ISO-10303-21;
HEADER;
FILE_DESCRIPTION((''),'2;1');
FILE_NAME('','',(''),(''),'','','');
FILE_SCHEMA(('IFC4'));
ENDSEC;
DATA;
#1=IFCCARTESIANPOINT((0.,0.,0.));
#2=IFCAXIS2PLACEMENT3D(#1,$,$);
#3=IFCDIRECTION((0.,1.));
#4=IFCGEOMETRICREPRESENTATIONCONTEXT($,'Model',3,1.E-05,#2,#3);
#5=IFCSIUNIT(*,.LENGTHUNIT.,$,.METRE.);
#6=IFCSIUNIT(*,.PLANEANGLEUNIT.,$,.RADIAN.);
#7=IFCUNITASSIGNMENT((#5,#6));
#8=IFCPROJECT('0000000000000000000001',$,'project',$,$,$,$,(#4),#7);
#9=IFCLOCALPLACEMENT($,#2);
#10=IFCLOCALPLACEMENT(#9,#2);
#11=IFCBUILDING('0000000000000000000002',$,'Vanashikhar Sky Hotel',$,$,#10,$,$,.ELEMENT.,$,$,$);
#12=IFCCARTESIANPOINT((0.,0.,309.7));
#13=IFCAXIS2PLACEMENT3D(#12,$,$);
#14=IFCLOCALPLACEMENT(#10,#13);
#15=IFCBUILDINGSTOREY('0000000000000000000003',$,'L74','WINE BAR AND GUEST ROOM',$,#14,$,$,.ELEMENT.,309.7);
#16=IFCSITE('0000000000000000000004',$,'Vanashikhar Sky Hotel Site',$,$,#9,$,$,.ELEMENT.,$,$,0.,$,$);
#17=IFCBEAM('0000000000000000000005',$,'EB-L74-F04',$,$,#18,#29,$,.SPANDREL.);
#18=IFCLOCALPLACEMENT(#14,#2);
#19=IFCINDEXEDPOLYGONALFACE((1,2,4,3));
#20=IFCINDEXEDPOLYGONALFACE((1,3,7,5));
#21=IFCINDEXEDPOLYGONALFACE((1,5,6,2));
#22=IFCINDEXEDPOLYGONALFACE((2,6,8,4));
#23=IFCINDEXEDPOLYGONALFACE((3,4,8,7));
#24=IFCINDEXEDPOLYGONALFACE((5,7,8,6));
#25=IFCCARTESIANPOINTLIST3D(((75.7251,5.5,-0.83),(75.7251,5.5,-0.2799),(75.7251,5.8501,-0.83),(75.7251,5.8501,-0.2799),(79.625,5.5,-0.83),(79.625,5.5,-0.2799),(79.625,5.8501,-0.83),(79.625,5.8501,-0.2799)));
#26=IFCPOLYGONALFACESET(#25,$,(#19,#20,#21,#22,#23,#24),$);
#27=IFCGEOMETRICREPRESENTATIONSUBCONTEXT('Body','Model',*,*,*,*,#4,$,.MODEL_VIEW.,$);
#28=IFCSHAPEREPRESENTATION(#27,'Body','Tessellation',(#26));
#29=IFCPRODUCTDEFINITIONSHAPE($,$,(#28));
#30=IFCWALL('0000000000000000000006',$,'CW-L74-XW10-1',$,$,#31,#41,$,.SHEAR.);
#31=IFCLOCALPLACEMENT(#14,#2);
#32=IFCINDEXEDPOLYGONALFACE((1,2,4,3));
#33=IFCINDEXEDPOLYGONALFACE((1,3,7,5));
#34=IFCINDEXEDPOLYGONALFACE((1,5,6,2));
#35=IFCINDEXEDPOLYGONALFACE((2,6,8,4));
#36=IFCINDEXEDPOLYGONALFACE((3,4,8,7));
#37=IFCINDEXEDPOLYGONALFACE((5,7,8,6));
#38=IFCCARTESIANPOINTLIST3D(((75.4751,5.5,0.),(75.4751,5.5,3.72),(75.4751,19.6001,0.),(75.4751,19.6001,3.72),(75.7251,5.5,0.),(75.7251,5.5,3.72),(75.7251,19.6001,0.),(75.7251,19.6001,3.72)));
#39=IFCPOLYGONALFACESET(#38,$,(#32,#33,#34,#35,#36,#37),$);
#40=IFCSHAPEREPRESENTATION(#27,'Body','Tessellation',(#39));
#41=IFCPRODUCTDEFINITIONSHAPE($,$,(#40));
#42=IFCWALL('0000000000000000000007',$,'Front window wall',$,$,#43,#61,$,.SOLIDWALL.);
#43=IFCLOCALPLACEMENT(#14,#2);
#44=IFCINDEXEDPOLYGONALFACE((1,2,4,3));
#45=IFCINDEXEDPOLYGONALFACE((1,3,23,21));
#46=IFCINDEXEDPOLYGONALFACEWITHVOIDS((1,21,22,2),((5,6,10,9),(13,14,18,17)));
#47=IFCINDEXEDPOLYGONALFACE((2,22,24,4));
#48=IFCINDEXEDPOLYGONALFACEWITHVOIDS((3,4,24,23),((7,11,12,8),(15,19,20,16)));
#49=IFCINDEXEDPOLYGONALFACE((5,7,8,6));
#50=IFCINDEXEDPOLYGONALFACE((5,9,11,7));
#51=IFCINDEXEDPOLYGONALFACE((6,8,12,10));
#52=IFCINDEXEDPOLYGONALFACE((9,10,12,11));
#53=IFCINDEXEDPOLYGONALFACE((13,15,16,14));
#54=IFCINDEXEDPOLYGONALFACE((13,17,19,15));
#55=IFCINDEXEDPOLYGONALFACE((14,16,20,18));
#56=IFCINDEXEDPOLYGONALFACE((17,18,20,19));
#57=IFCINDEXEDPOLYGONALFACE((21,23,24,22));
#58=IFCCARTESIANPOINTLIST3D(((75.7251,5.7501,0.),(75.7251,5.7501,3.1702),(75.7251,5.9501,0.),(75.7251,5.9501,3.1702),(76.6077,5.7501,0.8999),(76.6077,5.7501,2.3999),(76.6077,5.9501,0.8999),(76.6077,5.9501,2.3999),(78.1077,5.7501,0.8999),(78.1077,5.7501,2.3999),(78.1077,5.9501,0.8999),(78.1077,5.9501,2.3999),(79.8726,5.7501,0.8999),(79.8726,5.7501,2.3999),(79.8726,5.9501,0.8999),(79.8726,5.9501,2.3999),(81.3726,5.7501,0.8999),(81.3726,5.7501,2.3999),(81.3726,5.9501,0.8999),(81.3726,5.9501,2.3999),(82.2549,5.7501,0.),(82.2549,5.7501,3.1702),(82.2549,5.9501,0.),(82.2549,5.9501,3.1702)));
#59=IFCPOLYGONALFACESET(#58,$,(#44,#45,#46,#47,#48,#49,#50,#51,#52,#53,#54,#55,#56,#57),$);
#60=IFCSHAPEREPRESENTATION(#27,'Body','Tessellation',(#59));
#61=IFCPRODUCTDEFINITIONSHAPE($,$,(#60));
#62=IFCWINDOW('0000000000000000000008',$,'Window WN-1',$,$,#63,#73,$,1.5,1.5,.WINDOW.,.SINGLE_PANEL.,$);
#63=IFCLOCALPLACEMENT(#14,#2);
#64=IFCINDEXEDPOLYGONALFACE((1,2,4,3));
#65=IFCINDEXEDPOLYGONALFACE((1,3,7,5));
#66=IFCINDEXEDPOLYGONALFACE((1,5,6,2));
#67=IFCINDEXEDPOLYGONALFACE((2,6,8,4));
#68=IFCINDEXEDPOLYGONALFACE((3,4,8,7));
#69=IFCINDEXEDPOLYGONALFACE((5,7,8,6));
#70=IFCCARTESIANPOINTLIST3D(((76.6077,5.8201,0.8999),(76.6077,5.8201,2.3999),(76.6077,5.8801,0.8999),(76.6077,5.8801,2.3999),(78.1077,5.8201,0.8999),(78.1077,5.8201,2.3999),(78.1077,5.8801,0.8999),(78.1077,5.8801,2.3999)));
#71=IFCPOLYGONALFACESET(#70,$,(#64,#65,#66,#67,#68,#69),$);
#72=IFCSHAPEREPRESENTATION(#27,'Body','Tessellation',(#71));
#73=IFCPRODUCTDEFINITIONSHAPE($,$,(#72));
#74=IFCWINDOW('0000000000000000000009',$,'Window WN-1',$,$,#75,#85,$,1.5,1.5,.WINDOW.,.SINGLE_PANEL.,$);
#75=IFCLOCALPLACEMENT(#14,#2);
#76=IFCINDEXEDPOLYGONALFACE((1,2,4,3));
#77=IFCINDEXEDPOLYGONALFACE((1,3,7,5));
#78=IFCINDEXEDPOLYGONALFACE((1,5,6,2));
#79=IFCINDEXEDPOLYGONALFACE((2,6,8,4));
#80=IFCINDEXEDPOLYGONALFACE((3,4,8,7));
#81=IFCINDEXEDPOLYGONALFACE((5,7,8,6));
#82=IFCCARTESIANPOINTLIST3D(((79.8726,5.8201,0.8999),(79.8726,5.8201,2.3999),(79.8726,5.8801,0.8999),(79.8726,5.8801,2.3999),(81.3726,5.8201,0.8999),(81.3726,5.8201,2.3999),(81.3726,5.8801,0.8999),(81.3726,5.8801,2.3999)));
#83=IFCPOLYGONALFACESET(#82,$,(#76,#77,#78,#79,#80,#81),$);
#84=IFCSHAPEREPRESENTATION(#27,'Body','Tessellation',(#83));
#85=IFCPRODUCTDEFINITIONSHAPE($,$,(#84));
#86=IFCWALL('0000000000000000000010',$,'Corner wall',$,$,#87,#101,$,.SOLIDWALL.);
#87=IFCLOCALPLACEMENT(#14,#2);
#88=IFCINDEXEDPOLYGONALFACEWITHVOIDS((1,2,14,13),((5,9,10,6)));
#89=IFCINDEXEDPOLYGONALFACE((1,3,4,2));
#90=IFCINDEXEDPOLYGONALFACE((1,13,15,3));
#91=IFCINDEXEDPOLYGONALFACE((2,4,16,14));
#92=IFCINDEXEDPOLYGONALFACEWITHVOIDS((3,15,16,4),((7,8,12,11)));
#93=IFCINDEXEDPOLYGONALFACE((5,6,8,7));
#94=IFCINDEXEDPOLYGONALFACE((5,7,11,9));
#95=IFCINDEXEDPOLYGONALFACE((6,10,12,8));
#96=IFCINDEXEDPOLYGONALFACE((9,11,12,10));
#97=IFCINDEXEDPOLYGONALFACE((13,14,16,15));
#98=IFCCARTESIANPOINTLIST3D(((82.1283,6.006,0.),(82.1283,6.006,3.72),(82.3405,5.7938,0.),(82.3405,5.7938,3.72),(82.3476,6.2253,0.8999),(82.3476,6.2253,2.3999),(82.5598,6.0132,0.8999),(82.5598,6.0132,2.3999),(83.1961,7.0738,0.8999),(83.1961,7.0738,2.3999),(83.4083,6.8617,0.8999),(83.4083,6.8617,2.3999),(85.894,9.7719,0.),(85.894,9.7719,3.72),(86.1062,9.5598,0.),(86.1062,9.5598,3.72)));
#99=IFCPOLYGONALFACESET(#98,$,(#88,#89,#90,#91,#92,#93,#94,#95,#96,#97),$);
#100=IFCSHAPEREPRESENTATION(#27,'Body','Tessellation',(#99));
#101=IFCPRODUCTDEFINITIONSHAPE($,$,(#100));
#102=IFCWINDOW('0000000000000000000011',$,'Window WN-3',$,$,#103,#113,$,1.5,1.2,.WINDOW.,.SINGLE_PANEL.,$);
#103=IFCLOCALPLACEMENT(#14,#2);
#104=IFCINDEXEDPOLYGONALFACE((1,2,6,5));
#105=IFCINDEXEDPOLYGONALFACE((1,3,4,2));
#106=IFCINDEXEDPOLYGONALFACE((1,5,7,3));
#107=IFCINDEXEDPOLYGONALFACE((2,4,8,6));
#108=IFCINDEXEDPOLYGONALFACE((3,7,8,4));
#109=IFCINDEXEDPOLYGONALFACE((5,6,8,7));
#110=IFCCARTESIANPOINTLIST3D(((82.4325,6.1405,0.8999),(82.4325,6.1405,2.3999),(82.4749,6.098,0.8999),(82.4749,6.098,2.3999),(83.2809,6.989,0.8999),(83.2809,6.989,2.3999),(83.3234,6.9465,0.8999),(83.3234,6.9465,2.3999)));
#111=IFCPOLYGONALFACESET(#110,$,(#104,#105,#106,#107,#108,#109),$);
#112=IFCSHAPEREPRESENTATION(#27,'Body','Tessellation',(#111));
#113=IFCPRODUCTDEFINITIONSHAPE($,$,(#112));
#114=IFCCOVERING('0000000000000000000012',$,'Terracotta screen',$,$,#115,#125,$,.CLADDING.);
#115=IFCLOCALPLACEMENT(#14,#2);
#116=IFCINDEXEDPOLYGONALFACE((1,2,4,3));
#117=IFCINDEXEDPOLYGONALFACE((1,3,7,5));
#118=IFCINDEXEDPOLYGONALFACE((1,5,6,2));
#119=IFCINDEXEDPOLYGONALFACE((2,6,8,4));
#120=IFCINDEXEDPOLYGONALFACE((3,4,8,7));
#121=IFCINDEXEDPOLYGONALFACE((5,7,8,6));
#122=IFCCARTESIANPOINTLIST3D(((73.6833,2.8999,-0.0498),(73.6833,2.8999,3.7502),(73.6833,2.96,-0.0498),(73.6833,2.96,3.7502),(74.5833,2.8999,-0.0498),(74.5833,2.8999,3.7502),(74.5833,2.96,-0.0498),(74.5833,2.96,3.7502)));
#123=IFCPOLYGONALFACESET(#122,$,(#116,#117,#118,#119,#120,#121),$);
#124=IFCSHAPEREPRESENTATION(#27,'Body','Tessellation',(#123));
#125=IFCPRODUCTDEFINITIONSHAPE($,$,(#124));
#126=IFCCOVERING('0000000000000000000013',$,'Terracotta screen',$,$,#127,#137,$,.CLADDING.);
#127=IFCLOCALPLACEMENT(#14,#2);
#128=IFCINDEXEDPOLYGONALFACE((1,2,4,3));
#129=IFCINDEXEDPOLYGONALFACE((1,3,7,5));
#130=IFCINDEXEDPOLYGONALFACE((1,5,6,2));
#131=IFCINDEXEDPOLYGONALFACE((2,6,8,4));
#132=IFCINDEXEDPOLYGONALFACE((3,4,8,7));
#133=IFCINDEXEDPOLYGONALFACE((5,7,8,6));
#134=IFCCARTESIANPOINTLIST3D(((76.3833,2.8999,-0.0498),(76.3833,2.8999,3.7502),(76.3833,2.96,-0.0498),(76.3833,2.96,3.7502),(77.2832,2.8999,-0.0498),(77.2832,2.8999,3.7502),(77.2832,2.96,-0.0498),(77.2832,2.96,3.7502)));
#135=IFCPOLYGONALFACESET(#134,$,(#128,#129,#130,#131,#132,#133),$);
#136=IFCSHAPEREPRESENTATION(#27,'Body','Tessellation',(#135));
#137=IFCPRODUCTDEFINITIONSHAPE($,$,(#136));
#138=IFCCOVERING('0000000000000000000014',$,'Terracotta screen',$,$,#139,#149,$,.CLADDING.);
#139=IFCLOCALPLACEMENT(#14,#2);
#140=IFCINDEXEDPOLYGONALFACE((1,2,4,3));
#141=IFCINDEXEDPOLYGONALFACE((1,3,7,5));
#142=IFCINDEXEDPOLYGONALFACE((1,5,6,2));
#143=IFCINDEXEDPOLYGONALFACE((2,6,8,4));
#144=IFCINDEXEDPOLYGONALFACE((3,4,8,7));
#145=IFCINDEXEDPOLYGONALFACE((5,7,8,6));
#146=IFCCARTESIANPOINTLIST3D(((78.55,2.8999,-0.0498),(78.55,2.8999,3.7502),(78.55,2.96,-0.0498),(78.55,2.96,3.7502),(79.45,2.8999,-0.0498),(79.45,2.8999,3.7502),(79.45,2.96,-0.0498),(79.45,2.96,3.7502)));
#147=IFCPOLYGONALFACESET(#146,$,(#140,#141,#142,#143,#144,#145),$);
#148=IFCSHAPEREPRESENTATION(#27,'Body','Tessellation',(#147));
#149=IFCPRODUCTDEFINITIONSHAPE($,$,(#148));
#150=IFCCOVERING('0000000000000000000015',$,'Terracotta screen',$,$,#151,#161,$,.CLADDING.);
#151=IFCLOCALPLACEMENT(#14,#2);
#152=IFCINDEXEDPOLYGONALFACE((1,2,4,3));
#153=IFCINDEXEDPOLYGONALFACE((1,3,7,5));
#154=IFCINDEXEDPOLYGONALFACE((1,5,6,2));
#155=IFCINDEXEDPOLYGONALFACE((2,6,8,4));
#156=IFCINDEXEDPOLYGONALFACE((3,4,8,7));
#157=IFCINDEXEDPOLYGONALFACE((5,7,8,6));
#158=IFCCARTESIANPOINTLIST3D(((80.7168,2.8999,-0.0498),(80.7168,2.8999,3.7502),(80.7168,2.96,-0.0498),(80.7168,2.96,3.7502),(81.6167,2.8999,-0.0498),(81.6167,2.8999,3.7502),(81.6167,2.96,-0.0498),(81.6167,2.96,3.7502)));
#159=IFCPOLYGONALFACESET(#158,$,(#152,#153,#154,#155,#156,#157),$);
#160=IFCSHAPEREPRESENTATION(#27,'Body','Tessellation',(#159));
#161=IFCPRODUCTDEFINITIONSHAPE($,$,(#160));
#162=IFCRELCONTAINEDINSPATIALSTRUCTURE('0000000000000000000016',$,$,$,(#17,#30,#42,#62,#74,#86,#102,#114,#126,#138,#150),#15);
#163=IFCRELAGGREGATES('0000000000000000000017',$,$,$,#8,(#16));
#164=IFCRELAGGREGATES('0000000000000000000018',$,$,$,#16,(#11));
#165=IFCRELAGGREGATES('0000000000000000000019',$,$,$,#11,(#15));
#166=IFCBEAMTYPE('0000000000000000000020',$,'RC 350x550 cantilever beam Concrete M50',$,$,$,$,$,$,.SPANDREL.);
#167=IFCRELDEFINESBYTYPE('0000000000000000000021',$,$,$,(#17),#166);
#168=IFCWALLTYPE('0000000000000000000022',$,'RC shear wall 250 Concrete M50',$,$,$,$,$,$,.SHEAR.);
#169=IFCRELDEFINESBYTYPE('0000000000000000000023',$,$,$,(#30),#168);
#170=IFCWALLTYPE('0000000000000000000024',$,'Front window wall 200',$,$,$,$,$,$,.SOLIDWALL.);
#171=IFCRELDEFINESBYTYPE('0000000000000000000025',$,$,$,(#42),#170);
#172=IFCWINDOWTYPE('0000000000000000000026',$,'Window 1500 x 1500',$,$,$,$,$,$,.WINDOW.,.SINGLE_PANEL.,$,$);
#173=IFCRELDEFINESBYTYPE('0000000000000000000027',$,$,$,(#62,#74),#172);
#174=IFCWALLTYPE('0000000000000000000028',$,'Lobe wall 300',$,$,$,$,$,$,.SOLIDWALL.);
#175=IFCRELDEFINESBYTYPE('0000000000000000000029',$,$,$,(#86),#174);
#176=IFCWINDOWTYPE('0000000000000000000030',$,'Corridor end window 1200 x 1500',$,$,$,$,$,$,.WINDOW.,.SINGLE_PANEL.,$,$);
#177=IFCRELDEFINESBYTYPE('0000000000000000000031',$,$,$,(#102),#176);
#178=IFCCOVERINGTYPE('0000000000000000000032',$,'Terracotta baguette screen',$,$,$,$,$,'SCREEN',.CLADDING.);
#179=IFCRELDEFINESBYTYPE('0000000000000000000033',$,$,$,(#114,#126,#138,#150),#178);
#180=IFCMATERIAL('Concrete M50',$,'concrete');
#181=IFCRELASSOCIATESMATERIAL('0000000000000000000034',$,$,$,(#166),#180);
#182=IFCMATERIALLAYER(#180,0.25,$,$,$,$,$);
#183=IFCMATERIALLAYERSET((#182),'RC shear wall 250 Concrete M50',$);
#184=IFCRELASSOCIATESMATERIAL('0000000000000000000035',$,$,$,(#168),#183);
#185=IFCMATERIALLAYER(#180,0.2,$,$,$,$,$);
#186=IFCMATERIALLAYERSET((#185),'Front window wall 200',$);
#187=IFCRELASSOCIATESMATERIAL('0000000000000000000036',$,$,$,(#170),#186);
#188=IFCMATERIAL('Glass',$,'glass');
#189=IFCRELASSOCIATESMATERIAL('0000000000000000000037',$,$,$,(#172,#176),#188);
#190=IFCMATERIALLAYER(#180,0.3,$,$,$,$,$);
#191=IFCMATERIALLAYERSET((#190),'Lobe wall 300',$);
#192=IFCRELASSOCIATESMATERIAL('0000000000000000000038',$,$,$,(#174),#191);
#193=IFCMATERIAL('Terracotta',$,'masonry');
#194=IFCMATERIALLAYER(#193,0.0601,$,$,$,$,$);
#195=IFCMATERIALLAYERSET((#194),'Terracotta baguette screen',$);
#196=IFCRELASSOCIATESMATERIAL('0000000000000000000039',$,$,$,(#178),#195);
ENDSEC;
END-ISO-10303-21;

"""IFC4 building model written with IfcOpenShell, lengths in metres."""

from ifc_helpers import new_model, si_unit, direction, frame, frame_2d, origin, origin_2d, place, context, subcontext, project, spatial, rectangle, extrude, source, transform, mapped, material, layer, layer_set, material_profile, profile_set, type_object, element, fill, save


model = new_model("IFC4")

# Units and contexts
model_context = context("Model", 3, precision=1e-05, world=origin(), true_north=direction((0.0, 1.0)))
body_context = subcontext(model_context, "Body", "Model", "MODEL_VIEW")
ifc_project = project(units=[si_unit("LENGTHUNIT", "METRE"), si_unit("PLANEANGLEUNIT", "RADIAN")], contexts=[model_context])

# Site, building, storey
site_placement = place(None, origin())
site = spatial("IfcSite", under=ifc_project, at=site_placement, Name="Vanashikhar Sky Hotel Site", CompositionType="ELEMENT", RefElevation=0.0)
building_placement = place(site_placement, origin())
building = spatial("IfcBuilding", under=site, at=building_placement, Name="Vanashikhar Sky Hotel", CompositionType="ELEMENT")
storey_placement = place(building_placement, frame((0.0, 0.0, 309.7)))
storey = spatial("IfcBuildingStorey", under=building, at=storey_placement, Name="L74", Description="WINE BAR AND GUEST ROOM", CompositionType="ELEMENT", Elevation=309.7)

# Beam
ifc_material_1 = material(Name="Concrete M50", Category="concrete")
ifc_material_profile = material_profile(ifc_material_1, rectangle(XDim=0.3501, YDim=0.55, at=origin_2d()))
ifc_profile_set = profile_set([ifc_material_profile], Name="RC 350x550 cantilever beam Concrete M50")
beam_type = type_object("IfcBeamType", Name="RC 350x550 cantilever beam Concrete M50", PredefinedType="SPANDREL", material=ifc_profile_set)
shared_shape_1 = source(origin(), body_context, "Body", "SweptSolid", [
    extrude(rectangle(XDim=0.3501, YDim=0.55, at=origin_2d()), origin(), (0.0, 0.0, 1.0), 3.8999),
])
beam_placement = place(storey_placement, frame((75.7251, 5.675, -0.5549), z_axis=(1.0, 0.0, 0.0), x_axis=(0.0, 1.0, 0.0)))
element("IfcBeam", 1, at=beam_placement, inside=storey, type_object=beam_type, Name="EB-L74-F04", PredefinedType="SPANDREL", context=body_context, shape_type="MappedRepresentation", body=[
    mapped(shared_shape_1, transform((0.0, 0.0, 0.0), scale=1.0)),
])

# Wall
ifc_layer_1 = layer(ifc_material_1, 0.25)
ifc_layer_set_1 = layer_set([ifc_layer_1], Name="RC shear wall 250 Concrete M50")
wall_type_1 = type_object("IfcWallType", Name="RC shear wall 250 Concrete M50", PredefinedType="SHEAR", material=ifc_layer_set_1)
shared_shape_2 = source(origin(), body_context, "Body", "SweptSolid", [
    extrude(rectangle(XDim=14.1001, YDim=0.25, at=frame_2d((7.05, 0.0))), origin(), (0.0, 0.0, 1.0), 3.72),
])
wall_1_placement = place(storey_placement, frame((75.6001, 5.5, 0.0), z_axis=(0.0, 0.0, 1.0), x_axis=(0.0, 1.0, 0.0)))
element("IfcWall", 2, at=wall_1_placement, inside=storey, type_object=wall_type_1, Name="CW-L74-XW10-1", PredefinedType="SHEAR", context=body_context, shape_type="MappedRepresentation", body=[
    mapped(shared_shape_2, transform((0.0, 0.0, 0.0), scale=1.0)),
])

# Wall, openings, windows
ifc_layer_2 = layer(ifc_material_1, 0.2)
ifc_layer_set_2 = layer_set([ifc_layer_2], Name="Front window wall 200")
wall_type_2 = type_object("IfcWallType", Name="Front window wall 200", PredefinedType="SOLIDWALL", material=ifc_layer_set_2)
shared_shape_3 = source(origin(), body_context, "Body", "SweptSolid", [
    extrude(rectangle(XDim=6.5298, YDim=0.2, at=frame_2d((3.2649, 0.0))), origin(), (0.0, 0.0, 1.0), 3.1702),
])
wall_2_placement = place(storey_placement, frame((75.7251, 5.8501, 0.0), z_axis=(0.0, 0.0, 1.0), x_axis=(1.0, 0.0, 0.0)))
wall_2 = element("IfcWall", 3, at=wall_2_placement, inside=storey, type_object=wall_type_2, Name="Front window wall", PredefinedType="SOLIDWALL", context=body_context, shape_type="MappedRepresentation", body=[
    mapped(shared_shape_3, transform((0.0, 0.0, 0.0), scale=1.0)),
])
shared_shape_4 = source(origin(), body_context, "Body", "SweptSolid", [
    extrude(rectangle(XDim=1.5, YDim=1.5, at=frame_2d((0.75, 0.75))), frame((0.0, 0.1099, 0.0), z_axis=(0.0, -1.0, 0.0), x_axis=(1.0, 0.0, 0.0)), (0.0, 0.0, 1.0), 0.22),
])
opening_1_placement = place(wall_2_placement, frame((0.8826, 0.0, 0.8999)))
opening_1 = element("IfcOpeningElement", 4, at=opening_1_placement, cuts=wall_2, PredefinedType="OPENING", context=body_context, shape_type="MappedRepresentation", body=[
    mapped(shared_shape_4, transform((0.0, 0.0, 0.0), scale=1.0)),
])
opening_2_placement = place(wall_2_placement, frame((4.1475, 0.0, 0.8999)))
opening_2 = element("IfcOpeningElement", 5, at=opening_2_placement, cuts=wall_2, PredefinedType="OPENING", context=body_context, shape_type="MappedRepresentation", body=[
    mapped(shared_shape_4, transform((0.0, 0.0, 0.0), scale=1.0)),
])
ifc_material_2 = material(Name="Glass", Category="glass")
window_type_1 = type_object("IfcWindowType", Name="Window 1500 x 1500", PartitioningType="SINGLE_PANEL", PredefinedType="WINDOW", material=ifc_material_2)
shared_shape_5 = source(origin(), body_context, "Body", "SweptSolid", [
    extrude(rectangle(XDim=1.5, YDim=1.5, at=frame_2d((0.75, 0.75))), frame((0.0, 0.03, 0.0), z_axis=(0.0, -1.0, 0.0), x_axis=(1.0, 0.0, 0.0)), (0.0, 0.0, 1.0), 0.0601),
])
window_1_placement = place(opening_1_placement, origin())
window_1 = element("IfcWindow", 6, at=window_1_placement, inside=storey, type_object=window_type_1, Name="Window WN-1", OverallHeight=1.5, OverallWidth=1.5, PartitioningType="SINGLE_PANEL", PredefinedType="WINDOW", context=body_context, shape_type="MappedRepresentation", body=[
    mapped(shared_shape_5, transform((0.0, 0.0, 0.0), scale=1.0)),
])
fill(opening_1, window_1)
window_2_placement = place(opening_2_placement, origin())
window_2 = element("IfcWindow", 7, at=window_2_placement, inside=storey, type_object=window_type_1, Name="Window WN-1", OverallHeight=1.5, OverallWidth=1.5, PartitioningType="SINGLE_PANEL", PredefinedType="WINDOW", context=body_context, shape_type="MappedRepresentation", body=[
    mapped(shared_shape_5, transform((0.0, 0.0, 0.0), scale=1.0)),
])
fill(opening_2, window_2)

# Wall, opening, window
ifc_layer_3 = layer(ifc_material_1, 0.3)
ifc_layer_set_3 = layer_set([ifc_layer_3], Name="Lobe wall 300")
wall_type_3 = type_object("IfcWallType", Name="Lobe wall 300", PredefinedType="SOLIDWALL", material=ifc_layer_set_3)
shared_shape_6 = source(origin(), body_context, "Body", "SweptSolid", [
    extrude(rectangle(XDim=5.3257, YDim=0.3, at=frame_2d((2.6628, 0.0))), origin(), (0.0, 0.0, 1.0), 3.72),
])
wall_3_placement = place(storey_placement, frame((82.2344, 5.8999, 0.0), z_axis=(0.0, 0.0, 1.0), x_axis=(0.707084, 0.70713, 0.0)))
wall_3 = element("IfcWall", 8, at=wall_3_placement, inside=storey, type_object=wall_type_3, Name="Corner wall", PredefinedType="SOLIDWALL", context=body_context, shape_type="MappedRepresentation", body=[
    mapped(shared_shape_6, transform((0.0, 0.0, 0.0), scale=1.0)),
])
shared_shape_7 = source(origin(), body_context, "Body", "SweptSolid", [
    extrude(rectangle(XDim=1.2, YDim=1.5, at=frame_2d((0.6001, 0.75))), frame((0.0, 0.1602, 0.0), z_axis=(0.0, -1.0, 0.0), x_axis=(1.0, 0.0, 0.0)), (0.0, 0.0, 1.0), 0.3201),
])
opening_3_placement = place(wall_3_placement, frame((0.3101, 0.0, 0.8999)))
opening_3 = element("IfcOpeningElement", 9, at=opening_3_placement, cuts=wall_3, PredefinedType="OPENING", context=body_context, shape_type="MappedRepresentation", body=[
    mapped(shared_shape_7, transform((0.0, 0.0, 0.0), scale=1.0)),
])
window_type_2 = type_object("IfcWindowType", Name="Corridor end window 1200 x 1500", PartitioningType="SINGLE_PANEL", PredefinedType="WINDOW", material=ifc_material_2)
shared_shape_8 = source(origin(), body_context, "Body", "SweptSolid", [
    extrude(rectangle(XDim=1.2, YDim=1.5, at=frame_2d((0.6001, 0.75))), frame((0.0, 0.03, 0.0), z_axis=(0.0, -1.0, 0.0), x_axis=(1.0, 0.0, 0.0)), (0.0, 0.0, 1.0), 0.0601),
])
window_3_placement = place(opening_3_placement, origin())
window_3 = element("IfcWindow", 10, at=window_3_placement, inside=storey, type_object=window_type_2, Name="Window WN-3", OverallHeight=1.5, OverallWidth=1.2, PartitioningType="SINGLE_PANEL", PredefinedType="WINDOW", context=body_context, shape_type="MappedRepresentation", body=[
    mapped(shared_shape_8, transform((0.0, 0.0, 0.0), scale=1.0)),
])
fill(opening_3, window_3)

# Coverings
ifc_material_3 = material(Name="Terracotta", Category="masonry")
ifc_layer_4 = layer(ifc_material_3, 0.0601)
ifc_layer_set_4 = layer_set([ifc_layer_4], Name="Terracotta baguette screen")
covering_type = type_object("IfcCoveringType", Name="Terracotta baguette screen", ElementType="SCREEN", PredefinedType="CLADDING", material=ifc_layer_set_4)
shared_shape_9 = source(origin(), body_context, "Body", "SweptSolid", [
    extrude(rectangle(XDim=0.8999, YDim=0.0601, at=origin_2d()), origin(), (0.0, 0.0, 1.0), 3.8),
])
for number, where, z_axis, x_axis, name in (
    (11, (74.1333, 2.9299, -0.0498), (0.0, 0.0, 1.0), (1.0, 0.0, 0.0), "Terracotta screen"),
    (12, (76.8333, 2.9299, -0.0498), (0.0, 0.0, 1.0), (1.0, 0.0, 0.0), "Terracotta screen"),
    (13, (79.0, 2.9299, -0.0498), (0.0, 0.0, 1.0), (1.0, 0.0, 0.0), "Terracotta screen"),
    (14, (81.1667, 2.9299, -0.0498), (0.0, 0.0, 1.0), (1.0, 0.0, 0.0), "Terracotta screen"),
):
    element("IfcCovering", number, at=place(storey_placement, frame(where, z_axis=z_axis, x_axis=x_axis)), inside=storey, type_object=covering_type, Name=name, PredefinedType="CLADDING", context=body_context, shape_type="MappedRepresentation", body=[
        mapped(shared_shape_9, transform((0.0, 0.0, 0.0), scale=1.0)),
    ])

save(model, "model.ifc")
